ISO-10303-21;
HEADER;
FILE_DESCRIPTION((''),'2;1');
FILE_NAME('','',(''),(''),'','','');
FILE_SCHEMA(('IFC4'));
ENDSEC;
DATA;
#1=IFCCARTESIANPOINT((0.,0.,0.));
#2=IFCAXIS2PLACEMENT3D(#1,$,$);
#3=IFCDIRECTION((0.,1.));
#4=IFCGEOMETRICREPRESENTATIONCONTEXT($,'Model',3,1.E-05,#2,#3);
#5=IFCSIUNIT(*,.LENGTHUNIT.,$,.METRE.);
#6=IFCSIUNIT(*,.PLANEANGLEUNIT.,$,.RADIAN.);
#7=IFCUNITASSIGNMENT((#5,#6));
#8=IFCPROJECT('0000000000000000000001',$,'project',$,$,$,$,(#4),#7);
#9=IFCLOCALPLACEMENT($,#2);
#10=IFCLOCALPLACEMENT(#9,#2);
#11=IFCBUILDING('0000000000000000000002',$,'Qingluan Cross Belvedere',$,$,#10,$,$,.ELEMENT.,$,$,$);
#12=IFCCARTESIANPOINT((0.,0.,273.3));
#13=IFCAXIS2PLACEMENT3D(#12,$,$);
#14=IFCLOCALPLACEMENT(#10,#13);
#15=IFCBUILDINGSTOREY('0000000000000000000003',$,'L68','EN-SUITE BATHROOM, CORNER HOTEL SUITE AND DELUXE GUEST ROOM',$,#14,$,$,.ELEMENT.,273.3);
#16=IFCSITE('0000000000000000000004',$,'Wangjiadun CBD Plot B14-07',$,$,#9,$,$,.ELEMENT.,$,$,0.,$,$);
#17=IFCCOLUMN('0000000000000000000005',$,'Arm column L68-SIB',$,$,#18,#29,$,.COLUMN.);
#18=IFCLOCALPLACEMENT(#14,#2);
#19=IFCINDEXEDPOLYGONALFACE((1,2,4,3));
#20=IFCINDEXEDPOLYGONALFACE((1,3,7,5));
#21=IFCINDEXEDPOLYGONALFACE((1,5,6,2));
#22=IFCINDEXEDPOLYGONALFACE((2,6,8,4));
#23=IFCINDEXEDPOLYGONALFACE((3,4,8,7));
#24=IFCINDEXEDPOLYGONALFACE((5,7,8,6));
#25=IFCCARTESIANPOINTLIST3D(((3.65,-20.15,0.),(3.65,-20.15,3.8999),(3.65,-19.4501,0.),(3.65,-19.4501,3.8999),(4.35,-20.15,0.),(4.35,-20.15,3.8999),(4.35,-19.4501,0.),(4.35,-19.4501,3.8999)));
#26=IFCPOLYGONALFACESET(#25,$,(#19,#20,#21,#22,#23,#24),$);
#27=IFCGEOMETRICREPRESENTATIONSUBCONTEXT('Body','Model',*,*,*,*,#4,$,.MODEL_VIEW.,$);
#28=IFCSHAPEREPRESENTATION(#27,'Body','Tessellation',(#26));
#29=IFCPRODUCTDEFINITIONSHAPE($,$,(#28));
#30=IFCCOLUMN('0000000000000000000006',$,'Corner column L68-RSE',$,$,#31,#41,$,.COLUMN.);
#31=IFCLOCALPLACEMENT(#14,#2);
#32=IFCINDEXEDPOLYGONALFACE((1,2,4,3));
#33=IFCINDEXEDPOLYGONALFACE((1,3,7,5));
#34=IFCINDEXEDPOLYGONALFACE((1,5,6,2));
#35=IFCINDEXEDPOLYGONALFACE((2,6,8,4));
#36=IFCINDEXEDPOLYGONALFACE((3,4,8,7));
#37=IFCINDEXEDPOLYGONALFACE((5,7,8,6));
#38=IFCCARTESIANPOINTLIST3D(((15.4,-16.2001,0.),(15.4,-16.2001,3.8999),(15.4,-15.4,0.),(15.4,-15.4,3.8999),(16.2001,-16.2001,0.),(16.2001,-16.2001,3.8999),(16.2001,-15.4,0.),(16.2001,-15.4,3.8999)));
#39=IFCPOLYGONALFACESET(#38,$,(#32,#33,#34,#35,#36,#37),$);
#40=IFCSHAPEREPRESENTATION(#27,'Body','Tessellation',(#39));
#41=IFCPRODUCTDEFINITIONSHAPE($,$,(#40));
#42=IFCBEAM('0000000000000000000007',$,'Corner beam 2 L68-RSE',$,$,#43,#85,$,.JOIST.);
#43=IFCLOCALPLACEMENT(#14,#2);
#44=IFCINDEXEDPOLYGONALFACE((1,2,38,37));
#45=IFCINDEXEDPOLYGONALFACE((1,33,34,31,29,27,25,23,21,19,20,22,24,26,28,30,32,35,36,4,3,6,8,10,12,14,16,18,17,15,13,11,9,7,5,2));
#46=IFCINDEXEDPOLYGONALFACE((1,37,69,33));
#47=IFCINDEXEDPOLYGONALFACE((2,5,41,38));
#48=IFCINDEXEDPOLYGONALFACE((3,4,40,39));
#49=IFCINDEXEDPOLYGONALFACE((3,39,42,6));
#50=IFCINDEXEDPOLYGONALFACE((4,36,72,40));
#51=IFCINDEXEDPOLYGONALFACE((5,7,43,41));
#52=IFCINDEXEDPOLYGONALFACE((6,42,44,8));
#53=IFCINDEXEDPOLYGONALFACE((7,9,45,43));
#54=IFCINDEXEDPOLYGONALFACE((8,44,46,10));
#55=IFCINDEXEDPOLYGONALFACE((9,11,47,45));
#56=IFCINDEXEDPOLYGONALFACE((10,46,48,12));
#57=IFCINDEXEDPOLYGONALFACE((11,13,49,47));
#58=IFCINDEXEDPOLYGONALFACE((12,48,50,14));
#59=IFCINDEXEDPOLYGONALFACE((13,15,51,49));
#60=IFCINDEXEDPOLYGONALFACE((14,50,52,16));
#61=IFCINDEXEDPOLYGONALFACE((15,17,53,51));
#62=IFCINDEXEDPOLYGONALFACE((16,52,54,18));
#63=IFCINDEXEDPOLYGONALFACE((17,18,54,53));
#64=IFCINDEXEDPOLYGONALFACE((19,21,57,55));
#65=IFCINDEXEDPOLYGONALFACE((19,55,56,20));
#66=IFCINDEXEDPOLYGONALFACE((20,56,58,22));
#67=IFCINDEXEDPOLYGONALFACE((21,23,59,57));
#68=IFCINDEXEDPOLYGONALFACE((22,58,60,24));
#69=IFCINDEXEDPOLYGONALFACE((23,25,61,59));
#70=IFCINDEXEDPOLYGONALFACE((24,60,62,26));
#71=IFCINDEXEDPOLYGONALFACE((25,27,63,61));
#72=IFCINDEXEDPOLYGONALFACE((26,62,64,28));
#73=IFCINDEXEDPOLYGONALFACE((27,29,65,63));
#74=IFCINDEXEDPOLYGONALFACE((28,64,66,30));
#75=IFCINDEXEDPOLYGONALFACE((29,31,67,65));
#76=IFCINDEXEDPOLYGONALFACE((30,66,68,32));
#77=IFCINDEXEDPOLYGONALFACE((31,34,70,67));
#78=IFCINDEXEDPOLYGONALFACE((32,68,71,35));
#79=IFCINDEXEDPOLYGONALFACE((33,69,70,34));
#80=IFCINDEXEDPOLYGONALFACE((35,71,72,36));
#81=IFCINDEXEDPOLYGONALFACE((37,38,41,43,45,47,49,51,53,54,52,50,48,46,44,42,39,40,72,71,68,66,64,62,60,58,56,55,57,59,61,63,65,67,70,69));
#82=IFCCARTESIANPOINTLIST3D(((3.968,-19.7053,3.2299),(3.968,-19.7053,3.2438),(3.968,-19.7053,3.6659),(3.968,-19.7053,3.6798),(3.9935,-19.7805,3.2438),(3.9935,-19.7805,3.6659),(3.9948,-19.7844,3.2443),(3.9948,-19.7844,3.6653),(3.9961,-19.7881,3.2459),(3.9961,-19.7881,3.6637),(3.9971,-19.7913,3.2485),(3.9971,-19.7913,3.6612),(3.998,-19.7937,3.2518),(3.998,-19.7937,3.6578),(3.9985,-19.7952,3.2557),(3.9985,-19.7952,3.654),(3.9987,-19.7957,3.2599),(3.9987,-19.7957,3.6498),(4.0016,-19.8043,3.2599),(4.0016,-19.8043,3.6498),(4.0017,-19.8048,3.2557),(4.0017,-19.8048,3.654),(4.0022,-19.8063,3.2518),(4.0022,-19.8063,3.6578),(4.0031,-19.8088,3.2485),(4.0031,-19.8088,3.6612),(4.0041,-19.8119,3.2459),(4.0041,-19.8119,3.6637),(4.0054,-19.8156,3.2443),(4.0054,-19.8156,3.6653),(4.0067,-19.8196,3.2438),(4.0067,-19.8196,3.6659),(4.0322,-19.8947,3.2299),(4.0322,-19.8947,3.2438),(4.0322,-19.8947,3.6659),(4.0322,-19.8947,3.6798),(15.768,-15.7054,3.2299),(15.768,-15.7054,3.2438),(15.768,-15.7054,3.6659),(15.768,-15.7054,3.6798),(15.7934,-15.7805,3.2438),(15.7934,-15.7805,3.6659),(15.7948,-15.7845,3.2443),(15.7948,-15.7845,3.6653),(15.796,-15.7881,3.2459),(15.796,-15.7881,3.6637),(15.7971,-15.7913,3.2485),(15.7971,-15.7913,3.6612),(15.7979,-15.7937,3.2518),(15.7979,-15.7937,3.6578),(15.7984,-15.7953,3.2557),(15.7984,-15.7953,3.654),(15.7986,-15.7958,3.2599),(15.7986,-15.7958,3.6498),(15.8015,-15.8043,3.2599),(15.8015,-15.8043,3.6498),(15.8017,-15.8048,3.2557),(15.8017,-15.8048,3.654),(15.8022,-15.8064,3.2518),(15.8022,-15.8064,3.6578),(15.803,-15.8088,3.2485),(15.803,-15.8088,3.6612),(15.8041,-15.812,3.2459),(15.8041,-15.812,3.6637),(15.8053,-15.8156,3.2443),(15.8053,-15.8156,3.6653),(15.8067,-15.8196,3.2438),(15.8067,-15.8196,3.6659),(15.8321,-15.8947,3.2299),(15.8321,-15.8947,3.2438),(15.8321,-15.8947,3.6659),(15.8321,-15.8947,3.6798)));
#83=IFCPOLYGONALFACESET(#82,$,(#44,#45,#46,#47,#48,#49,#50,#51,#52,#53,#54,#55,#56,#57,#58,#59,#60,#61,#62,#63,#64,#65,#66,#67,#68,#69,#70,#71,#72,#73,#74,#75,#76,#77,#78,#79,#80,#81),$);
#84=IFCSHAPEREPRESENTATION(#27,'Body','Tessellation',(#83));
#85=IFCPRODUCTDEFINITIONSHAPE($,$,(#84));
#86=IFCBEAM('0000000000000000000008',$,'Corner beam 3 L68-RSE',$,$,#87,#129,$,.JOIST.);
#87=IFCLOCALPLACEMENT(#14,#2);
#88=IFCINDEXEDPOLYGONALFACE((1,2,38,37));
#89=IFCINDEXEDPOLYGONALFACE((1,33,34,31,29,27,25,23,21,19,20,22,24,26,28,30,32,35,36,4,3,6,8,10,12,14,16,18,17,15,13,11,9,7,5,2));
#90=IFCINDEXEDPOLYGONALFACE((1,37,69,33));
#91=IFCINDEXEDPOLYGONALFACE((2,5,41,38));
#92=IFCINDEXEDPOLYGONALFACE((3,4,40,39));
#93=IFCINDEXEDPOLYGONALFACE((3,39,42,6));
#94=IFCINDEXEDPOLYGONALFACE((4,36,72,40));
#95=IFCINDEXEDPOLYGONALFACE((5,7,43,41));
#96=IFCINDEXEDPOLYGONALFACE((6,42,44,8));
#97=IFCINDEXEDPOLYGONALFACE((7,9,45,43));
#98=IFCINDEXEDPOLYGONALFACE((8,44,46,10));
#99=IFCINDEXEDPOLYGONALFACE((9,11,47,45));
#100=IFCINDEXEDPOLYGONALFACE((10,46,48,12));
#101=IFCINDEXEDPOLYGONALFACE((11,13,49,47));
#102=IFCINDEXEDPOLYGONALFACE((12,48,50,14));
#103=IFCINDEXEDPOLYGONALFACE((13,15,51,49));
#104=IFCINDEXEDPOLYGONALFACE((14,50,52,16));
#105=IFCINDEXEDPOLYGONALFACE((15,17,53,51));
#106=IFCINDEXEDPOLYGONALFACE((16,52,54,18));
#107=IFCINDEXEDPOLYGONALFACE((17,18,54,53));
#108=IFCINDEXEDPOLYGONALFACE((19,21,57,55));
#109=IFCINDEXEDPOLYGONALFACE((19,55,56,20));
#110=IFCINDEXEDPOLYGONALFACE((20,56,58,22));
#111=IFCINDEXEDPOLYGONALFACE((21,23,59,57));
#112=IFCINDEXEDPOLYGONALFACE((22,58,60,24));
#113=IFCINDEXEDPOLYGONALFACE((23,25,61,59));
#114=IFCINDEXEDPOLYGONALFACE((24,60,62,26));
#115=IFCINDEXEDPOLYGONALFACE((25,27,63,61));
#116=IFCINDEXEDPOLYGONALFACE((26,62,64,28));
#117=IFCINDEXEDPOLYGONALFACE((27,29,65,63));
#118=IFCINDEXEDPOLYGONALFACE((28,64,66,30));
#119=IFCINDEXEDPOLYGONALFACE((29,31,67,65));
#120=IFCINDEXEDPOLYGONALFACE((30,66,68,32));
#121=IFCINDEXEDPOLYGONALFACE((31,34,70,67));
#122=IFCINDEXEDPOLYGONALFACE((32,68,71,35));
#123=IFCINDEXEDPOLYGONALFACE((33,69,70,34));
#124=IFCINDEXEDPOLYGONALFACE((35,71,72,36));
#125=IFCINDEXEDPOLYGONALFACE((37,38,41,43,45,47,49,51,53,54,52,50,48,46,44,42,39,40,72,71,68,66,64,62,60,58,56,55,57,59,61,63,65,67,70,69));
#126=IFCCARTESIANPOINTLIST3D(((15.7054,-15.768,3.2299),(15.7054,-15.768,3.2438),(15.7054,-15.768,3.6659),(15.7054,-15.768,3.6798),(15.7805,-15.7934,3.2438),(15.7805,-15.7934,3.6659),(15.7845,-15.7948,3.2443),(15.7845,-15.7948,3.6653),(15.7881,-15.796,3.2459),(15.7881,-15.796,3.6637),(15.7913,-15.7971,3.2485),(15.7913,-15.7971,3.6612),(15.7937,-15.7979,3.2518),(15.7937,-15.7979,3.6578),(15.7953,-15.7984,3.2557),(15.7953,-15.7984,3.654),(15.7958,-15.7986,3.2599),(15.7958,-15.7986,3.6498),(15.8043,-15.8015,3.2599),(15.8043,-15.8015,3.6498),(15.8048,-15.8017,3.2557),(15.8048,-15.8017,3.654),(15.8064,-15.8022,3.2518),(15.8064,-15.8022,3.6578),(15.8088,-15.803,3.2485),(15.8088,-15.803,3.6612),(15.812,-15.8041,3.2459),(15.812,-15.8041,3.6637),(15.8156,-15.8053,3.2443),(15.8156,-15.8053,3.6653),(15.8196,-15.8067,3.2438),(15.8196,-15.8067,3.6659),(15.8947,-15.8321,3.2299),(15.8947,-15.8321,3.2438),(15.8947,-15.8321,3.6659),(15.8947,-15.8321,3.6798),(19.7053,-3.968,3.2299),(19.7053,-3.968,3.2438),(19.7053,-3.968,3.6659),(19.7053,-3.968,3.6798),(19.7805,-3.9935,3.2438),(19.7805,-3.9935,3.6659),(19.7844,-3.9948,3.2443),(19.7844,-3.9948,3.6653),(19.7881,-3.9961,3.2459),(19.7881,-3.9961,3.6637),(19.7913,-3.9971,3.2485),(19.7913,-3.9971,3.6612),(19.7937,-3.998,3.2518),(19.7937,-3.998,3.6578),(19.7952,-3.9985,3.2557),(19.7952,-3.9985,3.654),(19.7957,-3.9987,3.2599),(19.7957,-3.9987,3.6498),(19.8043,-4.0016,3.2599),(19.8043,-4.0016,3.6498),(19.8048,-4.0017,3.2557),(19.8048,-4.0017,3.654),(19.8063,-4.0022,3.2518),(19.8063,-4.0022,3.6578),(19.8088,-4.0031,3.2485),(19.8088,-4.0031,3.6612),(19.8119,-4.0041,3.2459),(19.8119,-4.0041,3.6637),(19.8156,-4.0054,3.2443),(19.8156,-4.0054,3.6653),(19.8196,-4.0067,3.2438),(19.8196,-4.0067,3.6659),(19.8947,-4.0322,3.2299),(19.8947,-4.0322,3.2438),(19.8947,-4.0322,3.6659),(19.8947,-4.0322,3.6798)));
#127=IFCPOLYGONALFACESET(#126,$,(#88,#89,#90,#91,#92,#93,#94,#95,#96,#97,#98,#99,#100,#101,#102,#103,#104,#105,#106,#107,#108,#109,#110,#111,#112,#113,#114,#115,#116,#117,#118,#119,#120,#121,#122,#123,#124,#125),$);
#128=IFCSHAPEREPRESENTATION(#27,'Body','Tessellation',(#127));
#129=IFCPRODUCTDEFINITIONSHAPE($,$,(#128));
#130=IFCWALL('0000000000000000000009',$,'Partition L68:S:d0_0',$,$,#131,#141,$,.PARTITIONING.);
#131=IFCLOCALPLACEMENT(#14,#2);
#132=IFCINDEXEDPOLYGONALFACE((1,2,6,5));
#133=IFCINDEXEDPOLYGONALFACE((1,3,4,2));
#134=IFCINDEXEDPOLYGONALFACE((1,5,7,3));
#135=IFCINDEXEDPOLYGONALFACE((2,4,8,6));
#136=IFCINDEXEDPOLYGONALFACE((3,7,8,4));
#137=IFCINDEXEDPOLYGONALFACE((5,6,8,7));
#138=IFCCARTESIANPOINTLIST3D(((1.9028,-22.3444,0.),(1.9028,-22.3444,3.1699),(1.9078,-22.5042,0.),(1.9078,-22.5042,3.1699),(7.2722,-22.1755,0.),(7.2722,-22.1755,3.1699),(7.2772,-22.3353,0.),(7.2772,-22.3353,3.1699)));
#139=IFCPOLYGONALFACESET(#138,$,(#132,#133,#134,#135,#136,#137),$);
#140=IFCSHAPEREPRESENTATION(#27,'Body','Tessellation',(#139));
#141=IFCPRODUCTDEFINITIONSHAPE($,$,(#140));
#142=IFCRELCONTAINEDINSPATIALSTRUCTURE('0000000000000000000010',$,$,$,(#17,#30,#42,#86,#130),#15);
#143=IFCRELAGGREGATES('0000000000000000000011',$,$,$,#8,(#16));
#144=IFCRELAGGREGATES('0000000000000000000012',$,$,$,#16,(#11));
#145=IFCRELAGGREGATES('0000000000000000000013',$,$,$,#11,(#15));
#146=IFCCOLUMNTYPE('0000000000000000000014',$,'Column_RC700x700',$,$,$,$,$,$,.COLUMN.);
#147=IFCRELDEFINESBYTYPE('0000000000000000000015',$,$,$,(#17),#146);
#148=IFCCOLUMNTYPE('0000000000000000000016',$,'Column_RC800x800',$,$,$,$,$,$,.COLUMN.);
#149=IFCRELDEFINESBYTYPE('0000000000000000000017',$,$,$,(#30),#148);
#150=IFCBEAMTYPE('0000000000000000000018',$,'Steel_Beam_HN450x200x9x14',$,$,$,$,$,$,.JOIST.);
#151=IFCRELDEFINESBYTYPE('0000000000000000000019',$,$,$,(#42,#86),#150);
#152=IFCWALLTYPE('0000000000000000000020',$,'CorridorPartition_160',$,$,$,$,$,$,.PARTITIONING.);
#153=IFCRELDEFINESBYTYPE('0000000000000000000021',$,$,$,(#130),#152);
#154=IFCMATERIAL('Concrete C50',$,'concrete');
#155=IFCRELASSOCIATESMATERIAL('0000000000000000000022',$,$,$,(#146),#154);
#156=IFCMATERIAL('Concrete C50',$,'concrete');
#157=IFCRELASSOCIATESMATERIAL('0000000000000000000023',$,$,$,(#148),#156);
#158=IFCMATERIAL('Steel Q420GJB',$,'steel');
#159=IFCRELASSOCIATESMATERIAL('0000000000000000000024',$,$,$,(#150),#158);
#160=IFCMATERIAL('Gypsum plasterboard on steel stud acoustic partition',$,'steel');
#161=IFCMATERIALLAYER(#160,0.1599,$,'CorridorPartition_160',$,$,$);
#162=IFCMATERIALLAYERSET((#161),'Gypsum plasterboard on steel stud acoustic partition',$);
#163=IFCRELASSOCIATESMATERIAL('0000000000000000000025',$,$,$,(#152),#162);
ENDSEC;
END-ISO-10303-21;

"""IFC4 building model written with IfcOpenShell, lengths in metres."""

from ifc_helpers import new_model, si_unit, direction, frame, frame_2d, origin, origin_2d, place, context, subcontext, project, spatial, rectangle, i_section, extrude, material, layer, layer_set, material_profile, profile_set, type_object, element, save


model = new_model("IFC4")

# Units and contexts
model_context = context("Model", 3, precision=1e-05, world=origin(), true_north=direction((0.0, 1.0)))
body_context = subcontext(model_context, "Body", "Model", "MODEL_VIEW")
ifc_project = project(units=[si_unit("LENGTHUNIT", "METRE"), si_unit("PLANEANGLEUNIT", "RADIAN")], contexts=[model_context])

# Site, building, storey
site_placement = place(None, origin())
site = spatial("IfcSite", under=ifc_project, at=site_placement, Name="Wangjiadun CBD Plot B14-07", CompositionType="ELEMENT", RefElevation=0.0)
building_placement = place(site_placement, origin())
building = spatial("IfcBuilding", under=site, at=building_placement, Name="Qingluan Cross Belvedere", CompositionType="ELEMENT")
storey_placement = place(building_placement, frame((0.0, 0.0, 273.3)))
storey = spatial("IfcBuildingStorey", under=building, at=storey_placement, Name="L68", Description="EN-SUITE BATHROOM, CORNER HOTEL SUITE AND DELUXE GUEST ROOM", CompositionType="ELEMENT", Elevation=273.3)

# Columns
ifc_material_1 = material(Name="Concrete C50", Category="concrete")
ifc_material_profile_1 = material_profile(ifc_material_1, rectangle(XDim=0.7, YDim=0.7, at=origin_2d()), Name="RC700x700")
ifc_profile_set_1 = profile_set([ifc_material_profile_1], Name="Concrete C50")
column_type_1 = type_object("IfcColumnType", Name="Column_RC700x700", PredefinedType="COLUMN", material=ifc_profile_set_1)
column_1_placement = place(storey_placement, frame((4.0, -19.8, 0.0), z_axis=(0.0, 0.0, 1.0), x_axis=(1.0, 0.0, 0.0)))
element("IfcColumn", 1, at=column_1_placement, inside=storey, type_object=column_type_1, Name="Arm column L68-SIB", PredefinedType="COLUMN", context=body_context, shape_type="SweptSolid", body=[
    extrude(rectangle(XDim=0.7, YDim=0.7, at=origin_2d()), origin(), (0.0, 0.0, 1.0), 3.8999),
])
ifc_material_2 = material(Name="Concrete C50", Category="concrete")
ifc_material_profile_2 = material_profile(ifc_material_2, rectangle(XDim=0.8, YDim=0.8, at=origin_2d()), Name="RC800x800")
ifc_profile_set_2 = profile_set([ifc_material_profile_2], Name="Concrete C50")
column_type_2 = type_object("IfcColumnType", Name="Column_RC800x800", PredefinedType="COLUMN", material=ifc_profile_set_2)
column_2_placement = place(storey_placement, frame((15.8, -15.8, 0.0), z_axis=(0.0, 0.0, 1.0), x_axis=(1.0, 0.0, 0.0)))
element("IfcColumn", 2, at=column_2_placement, inside=storey, type_object=column_type_2, Name="Corner column L68-RSE", PredefinedType="COLUMN", context=body_context, shape_type="SweptSolid", body=[
    extrude(rectangle(XDim=0.8, YDim=0.8, at=origin_2d()), origin(), (0.0, 0.0, 1.0), 3.8999),
])

# Beams
ifc_material_3 = material(Name="Steel Q420GJB", Category="steel")
ifc_material_profile_3 = material_profile(ifc_material_3, i_section(OverallWidth=0.2, OverallDepth=0.45, WebThickness=0.009, FlangeThickness=0.0139, FilletRadius=0.0161, at=origin_2d()), Name="HN450x200x9x14")
ifc_profile_set_3 = profile_set([ifc_material_profile_3], Name="Steel Q420GJB")
beam_type = type_object("IfcBeamType", Name="Steel_Beam_HN450x200x9x14", PredefinedType="JOIST", material=ifc_profile_set_3)
for number, where, z_axis, x_axis, name in (
    (3, (15.8, -15.8, 3.4548), (-0.947066, -0.321038, 0.0), (0.321038, -0.947066, 0.0), "Corner beam 2 L68-RSE"),
    (4, (15.8, -15.8, 3.4548), (0.321038, 0.947066, 0.0), (-0.947066, 0.321038, 0.0), "Corner beam 3 L68-RSE"),
):
    element("IfcBeam", number, at=place(storey_placement, frame(where, z_axis=z_axis, x_axis=x_axis)), inside=storey, type_object=beam_type, Name=name, PredefinedType="JOIST", context=body_context, shape_type="SweptSolid", body=[
        extrude(i_section(OverallWidth=0.2, OverallDepth=0.45, WebThickness=0.009, FlangeThickness=0.0139, FilletRadius=0.0161, at=origin_2d()), origin(), (0.0, 0.0, 1.0), 12.4595),
    ])

# Wall
ifc_material_4 = material(Name="Gypsum plasterboard on steel stud acoustic partition", Category="steel")
ifc_layer_1 = layer(ifc_material_4, 0.1599, Name="CorridorPartition_160")
ifc_layer_set_1 = layer_set([ifc_layer_1], Name="Gypsum plasterboard on steel stud acoustic partition")
wall_type_1 = type_object("IfcWallType", Name="CorridorPartition_160", PredefinedType="PARTITIONING", material=ifc_layer_set_1)
wall_1_placement = place(storey_placement, frame((1.9053, -22.4243, 0.0), z_axis=(0.0, 0.0, 1.0), x_axis=(0.999505, 0.031449, 0.0)))
element("IfcWall", 5, at=wall_1_placement, inside=storey, type_object=wall_type_1, Name="Partition L68:S:d0_0", PredefinedType="PARTITIONING", context=body_context, shape_type="SweptSolid", body=[
    extrude(rectangle(XDim=5.3721, YDim=0.1599, at=frame_2d((2.686, 0.0))), origin(), (0.0, 0.0, 1.0), 3.1699),
])

save(model, "model.ifc")
